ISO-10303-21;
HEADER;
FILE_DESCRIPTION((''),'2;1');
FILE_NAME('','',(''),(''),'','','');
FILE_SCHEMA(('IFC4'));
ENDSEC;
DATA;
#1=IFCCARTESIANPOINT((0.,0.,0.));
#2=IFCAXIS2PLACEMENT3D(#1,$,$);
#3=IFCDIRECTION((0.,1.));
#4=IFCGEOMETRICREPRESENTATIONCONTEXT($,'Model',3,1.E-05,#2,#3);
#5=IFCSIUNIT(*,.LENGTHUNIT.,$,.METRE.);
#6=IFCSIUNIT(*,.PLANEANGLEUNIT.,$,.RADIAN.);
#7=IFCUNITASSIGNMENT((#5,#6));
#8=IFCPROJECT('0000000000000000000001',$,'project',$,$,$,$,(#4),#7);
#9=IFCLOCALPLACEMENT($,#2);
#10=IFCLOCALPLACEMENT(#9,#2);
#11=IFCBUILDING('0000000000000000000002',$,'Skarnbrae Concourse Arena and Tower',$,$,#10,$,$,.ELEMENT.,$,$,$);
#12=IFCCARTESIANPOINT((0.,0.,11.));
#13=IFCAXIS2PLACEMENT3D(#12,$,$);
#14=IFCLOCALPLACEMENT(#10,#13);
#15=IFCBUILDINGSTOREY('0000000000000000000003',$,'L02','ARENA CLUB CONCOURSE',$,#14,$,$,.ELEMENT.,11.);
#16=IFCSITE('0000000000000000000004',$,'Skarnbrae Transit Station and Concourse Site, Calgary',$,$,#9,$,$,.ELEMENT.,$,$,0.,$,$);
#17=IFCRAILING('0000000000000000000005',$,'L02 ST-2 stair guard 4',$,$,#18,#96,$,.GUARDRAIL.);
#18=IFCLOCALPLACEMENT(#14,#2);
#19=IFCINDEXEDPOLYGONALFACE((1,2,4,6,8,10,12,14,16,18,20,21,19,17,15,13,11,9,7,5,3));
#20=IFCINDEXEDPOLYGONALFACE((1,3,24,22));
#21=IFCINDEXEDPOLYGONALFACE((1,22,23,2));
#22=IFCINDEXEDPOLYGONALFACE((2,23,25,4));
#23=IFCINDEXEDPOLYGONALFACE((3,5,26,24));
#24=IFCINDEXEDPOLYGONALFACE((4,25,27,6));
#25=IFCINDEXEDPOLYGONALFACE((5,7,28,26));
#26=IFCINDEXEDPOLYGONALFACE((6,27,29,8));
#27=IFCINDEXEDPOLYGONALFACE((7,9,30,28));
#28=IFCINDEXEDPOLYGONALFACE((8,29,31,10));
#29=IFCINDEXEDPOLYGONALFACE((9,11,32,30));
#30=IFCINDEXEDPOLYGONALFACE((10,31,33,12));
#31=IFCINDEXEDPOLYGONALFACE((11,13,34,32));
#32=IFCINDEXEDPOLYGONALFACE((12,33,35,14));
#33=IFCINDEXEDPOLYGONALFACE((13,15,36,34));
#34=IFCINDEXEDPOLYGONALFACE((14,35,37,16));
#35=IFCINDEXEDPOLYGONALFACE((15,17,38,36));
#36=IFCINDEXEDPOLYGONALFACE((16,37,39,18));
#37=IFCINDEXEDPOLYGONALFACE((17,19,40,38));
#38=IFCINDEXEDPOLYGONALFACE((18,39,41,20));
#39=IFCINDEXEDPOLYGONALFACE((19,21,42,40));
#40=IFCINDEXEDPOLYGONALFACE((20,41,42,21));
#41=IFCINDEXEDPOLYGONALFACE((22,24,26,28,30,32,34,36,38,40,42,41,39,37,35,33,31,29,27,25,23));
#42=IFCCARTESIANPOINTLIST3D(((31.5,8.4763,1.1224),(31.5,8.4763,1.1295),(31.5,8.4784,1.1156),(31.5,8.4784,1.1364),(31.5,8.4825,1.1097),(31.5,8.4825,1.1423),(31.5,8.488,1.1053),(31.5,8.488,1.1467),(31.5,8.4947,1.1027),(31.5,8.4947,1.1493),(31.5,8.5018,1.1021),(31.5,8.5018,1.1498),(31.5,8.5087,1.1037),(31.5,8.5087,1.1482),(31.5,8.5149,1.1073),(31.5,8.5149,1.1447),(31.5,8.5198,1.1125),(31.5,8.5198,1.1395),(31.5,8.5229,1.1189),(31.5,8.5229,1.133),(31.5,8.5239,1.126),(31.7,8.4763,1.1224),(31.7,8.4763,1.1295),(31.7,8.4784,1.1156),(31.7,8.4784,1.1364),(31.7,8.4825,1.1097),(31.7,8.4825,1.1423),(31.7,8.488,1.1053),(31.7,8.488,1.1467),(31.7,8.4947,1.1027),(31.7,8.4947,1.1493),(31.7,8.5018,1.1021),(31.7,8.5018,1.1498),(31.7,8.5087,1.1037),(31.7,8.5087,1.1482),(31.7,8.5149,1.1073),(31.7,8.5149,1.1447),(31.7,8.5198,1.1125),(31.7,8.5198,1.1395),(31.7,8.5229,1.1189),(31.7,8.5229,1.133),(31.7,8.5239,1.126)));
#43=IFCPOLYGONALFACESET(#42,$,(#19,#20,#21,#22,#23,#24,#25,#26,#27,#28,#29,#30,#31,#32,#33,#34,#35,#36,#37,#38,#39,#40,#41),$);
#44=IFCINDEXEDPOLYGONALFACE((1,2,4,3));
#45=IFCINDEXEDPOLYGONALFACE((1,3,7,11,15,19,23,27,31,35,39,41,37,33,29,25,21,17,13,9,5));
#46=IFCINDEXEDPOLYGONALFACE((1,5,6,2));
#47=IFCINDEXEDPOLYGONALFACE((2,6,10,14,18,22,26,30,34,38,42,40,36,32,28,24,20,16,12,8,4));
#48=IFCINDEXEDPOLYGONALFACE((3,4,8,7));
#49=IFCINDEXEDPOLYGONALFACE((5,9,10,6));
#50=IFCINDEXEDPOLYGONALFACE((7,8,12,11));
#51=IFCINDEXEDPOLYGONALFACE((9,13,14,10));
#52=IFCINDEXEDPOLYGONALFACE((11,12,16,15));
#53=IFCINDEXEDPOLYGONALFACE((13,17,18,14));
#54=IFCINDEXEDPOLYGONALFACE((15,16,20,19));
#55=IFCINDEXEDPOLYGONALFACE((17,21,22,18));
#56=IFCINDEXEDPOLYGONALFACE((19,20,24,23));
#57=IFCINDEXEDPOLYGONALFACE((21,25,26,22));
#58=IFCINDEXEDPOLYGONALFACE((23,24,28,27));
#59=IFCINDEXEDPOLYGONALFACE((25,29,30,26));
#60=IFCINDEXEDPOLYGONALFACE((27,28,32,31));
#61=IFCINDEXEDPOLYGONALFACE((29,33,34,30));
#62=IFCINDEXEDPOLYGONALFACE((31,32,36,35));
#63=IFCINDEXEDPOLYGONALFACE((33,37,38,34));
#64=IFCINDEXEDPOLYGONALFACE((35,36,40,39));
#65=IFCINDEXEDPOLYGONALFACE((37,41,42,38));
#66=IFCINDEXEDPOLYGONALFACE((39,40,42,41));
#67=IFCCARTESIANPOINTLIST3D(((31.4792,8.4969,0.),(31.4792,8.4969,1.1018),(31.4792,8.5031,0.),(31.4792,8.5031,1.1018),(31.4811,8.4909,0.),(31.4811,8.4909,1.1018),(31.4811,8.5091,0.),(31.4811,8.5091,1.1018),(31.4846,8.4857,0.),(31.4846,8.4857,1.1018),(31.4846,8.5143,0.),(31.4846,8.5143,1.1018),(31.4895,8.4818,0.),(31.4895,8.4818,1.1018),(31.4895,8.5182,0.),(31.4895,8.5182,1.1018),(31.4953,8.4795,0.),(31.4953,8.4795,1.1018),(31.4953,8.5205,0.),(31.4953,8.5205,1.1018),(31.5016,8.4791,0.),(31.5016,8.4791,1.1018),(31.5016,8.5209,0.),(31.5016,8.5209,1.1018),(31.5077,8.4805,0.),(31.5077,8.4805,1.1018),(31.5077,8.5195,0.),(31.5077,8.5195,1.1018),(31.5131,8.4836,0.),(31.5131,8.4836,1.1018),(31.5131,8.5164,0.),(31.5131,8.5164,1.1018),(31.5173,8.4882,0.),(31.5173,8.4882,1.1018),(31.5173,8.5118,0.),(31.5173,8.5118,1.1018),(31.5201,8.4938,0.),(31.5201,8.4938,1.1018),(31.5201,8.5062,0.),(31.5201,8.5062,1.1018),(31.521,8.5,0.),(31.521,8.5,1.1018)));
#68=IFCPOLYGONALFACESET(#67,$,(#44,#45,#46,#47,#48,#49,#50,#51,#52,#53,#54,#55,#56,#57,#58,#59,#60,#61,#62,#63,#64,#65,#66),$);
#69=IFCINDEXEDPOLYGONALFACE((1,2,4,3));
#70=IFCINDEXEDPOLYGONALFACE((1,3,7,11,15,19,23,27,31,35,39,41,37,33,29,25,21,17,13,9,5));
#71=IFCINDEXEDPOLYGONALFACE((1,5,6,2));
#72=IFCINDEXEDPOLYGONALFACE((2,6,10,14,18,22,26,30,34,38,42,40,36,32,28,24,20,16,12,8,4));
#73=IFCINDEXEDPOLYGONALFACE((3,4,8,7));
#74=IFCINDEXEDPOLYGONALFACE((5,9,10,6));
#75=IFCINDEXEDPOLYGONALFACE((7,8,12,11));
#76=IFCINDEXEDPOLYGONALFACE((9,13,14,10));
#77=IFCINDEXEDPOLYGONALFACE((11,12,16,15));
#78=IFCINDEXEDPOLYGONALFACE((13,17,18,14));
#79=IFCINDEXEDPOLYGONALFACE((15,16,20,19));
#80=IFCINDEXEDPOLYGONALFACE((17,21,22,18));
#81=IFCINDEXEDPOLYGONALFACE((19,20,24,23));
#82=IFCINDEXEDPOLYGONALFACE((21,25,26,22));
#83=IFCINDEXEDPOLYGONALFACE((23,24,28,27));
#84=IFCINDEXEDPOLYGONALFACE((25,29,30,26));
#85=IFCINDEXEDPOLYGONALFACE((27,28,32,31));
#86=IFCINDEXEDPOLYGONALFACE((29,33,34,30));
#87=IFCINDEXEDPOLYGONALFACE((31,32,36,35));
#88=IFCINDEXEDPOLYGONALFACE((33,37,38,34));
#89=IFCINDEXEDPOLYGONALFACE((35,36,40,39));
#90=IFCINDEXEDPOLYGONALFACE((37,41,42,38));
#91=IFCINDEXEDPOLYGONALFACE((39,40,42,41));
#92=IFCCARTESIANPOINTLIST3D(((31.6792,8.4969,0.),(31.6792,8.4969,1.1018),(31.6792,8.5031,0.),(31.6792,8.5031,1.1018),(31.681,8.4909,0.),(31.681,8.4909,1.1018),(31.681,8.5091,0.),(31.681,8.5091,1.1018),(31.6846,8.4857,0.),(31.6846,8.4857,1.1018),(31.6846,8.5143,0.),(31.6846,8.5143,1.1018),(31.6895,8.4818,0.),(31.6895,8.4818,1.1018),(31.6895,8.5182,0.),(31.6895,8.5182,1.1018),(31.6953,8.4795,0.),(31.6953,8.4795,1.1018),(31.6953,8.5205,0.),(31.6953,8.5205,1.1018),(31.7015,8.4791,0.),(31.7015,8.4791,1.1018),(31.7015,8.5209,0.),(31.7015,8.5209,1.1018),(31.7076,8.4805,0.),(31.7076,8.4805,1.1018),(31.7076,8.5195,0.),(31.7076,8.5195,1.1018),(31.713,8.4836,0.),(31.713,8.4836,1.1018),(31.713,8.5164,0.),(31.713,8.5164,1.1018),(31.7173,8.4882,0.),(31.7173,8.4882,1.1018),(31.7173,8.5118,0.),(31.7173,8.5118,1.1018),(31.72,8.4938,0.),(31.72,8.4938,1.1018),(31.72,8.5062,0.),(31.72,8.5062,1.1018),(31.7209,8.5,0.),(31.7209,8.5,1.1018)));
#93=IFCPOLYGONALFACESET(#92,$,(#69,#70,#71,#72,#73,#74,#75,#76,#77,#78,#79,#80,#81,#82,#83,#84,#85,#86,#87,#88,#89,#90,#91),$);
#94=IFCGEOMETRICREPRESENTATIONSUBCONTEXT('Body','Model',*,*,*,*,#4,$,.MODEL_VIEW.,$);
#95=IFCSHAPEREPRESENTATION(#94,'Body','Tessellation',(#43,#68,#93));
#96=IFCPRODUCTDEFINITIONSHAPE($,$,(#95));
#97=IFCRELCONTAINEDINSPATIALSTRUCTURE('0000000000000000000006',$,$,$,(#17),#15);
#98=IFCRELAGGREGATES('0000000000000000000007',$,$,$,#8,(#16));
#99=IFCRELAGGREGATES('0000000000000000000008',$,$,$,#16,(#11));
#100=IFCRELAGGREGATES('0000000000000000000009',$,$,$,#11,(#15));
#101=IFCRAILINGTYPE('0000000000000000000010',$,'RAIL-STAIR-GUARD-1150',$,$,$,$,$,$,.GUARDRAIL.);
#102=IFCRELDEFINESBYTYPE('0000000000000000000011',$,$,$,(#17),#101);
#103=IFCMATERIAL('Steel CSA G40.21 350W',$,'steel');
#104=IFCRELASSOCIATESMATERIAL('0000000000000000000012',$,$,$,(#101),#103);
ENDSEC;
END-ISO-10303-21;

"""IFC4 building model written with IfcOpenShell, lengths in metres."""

from ifc_helpers import new_model, si_unit, direction, frame, origin, origin_2d, place, context, subcontext, project, spatial, circle, extrude, material, type_object, element, save


model = new_model("IFC4")

# Units and contexts
model_context = context("Model", 3, precision=1e-05, world=origin(), true_north=direction((0.0, 1.0)))
body_context = subcontext(model_context, "Body", "Model", "MODEL_VIEW")
ifc_project = project(units=[si_unit("LENGTHUNIT", "METRE"), si_unit("PLANEANGLEUNIT", "RADIAN")], contexts=[model_context])

# Site, building, storey
site_placement = place(None, origin())
site = spatial("IfcSite", under=ifc_project, at=site_placement, Name="Skarnbrae Transit Station and Concourse Site, Calgary", CompositionType="ELEMENT", RefElevation=0.0)
building_placement = place(site_placement, origin())
building = spatial("IfcBuilding", under=site, at=building_placement, Name="Skarnbrae Concourse Arena and Tower", CompositionType="ELEMENT")
storey_placement = place(building_placement, frame((0.0, 0.0, 11.0)))
storey = spatial("IfcBuildingStorey", under=building, at=storey_placement, Name="L02", Description="ARENA CLUB CONCOURSE", CompositionType="ELEMENT", Elevation=11.0)

# Shared definitions
ifc_material_1 = material(Name="Steel CSA G40.21 350W", Category="steel")

# Railing
railing_type_1 = type_object("IfcRailingType", Name="RAIL-STAIR-GUARD-1150", PredefinedType="GUARDRAIL", material=ifc_material_1)
railing_1_placement = place(storey_placement, frame((31.5, 8.5, 0.0)))
element("IfcRailing", 1, at=railing_1_placement, inside=storey, type_object=railing_type_1, Name="L02 ST-2 stair guard 4", PredefinedType="GUARDRAIL", context=body_context, shape_type="SweptSolid", body=[
    extrude(circle(Radius=0.0239, at=origin_2d()), frame((0.0, 0.0, 1.126), z_axis=(1.0, 0.0, 0.0), x_axis=(0.0, 1.0, 0.0)), (0.0, 0.0, 1.0), 0.2),
    extrude(circle(Radius=0.021, at=origin_2d()), origin(), (0.0, 0.0, 1.0), 1.1018),
    extrude(circle(Radius=0.021, at=origin_2d()), frame((0.2, 0.0, 0.0)), (0.0, 0.0, 1.0), 1.1018),
])

save(model, "model.ifc")
